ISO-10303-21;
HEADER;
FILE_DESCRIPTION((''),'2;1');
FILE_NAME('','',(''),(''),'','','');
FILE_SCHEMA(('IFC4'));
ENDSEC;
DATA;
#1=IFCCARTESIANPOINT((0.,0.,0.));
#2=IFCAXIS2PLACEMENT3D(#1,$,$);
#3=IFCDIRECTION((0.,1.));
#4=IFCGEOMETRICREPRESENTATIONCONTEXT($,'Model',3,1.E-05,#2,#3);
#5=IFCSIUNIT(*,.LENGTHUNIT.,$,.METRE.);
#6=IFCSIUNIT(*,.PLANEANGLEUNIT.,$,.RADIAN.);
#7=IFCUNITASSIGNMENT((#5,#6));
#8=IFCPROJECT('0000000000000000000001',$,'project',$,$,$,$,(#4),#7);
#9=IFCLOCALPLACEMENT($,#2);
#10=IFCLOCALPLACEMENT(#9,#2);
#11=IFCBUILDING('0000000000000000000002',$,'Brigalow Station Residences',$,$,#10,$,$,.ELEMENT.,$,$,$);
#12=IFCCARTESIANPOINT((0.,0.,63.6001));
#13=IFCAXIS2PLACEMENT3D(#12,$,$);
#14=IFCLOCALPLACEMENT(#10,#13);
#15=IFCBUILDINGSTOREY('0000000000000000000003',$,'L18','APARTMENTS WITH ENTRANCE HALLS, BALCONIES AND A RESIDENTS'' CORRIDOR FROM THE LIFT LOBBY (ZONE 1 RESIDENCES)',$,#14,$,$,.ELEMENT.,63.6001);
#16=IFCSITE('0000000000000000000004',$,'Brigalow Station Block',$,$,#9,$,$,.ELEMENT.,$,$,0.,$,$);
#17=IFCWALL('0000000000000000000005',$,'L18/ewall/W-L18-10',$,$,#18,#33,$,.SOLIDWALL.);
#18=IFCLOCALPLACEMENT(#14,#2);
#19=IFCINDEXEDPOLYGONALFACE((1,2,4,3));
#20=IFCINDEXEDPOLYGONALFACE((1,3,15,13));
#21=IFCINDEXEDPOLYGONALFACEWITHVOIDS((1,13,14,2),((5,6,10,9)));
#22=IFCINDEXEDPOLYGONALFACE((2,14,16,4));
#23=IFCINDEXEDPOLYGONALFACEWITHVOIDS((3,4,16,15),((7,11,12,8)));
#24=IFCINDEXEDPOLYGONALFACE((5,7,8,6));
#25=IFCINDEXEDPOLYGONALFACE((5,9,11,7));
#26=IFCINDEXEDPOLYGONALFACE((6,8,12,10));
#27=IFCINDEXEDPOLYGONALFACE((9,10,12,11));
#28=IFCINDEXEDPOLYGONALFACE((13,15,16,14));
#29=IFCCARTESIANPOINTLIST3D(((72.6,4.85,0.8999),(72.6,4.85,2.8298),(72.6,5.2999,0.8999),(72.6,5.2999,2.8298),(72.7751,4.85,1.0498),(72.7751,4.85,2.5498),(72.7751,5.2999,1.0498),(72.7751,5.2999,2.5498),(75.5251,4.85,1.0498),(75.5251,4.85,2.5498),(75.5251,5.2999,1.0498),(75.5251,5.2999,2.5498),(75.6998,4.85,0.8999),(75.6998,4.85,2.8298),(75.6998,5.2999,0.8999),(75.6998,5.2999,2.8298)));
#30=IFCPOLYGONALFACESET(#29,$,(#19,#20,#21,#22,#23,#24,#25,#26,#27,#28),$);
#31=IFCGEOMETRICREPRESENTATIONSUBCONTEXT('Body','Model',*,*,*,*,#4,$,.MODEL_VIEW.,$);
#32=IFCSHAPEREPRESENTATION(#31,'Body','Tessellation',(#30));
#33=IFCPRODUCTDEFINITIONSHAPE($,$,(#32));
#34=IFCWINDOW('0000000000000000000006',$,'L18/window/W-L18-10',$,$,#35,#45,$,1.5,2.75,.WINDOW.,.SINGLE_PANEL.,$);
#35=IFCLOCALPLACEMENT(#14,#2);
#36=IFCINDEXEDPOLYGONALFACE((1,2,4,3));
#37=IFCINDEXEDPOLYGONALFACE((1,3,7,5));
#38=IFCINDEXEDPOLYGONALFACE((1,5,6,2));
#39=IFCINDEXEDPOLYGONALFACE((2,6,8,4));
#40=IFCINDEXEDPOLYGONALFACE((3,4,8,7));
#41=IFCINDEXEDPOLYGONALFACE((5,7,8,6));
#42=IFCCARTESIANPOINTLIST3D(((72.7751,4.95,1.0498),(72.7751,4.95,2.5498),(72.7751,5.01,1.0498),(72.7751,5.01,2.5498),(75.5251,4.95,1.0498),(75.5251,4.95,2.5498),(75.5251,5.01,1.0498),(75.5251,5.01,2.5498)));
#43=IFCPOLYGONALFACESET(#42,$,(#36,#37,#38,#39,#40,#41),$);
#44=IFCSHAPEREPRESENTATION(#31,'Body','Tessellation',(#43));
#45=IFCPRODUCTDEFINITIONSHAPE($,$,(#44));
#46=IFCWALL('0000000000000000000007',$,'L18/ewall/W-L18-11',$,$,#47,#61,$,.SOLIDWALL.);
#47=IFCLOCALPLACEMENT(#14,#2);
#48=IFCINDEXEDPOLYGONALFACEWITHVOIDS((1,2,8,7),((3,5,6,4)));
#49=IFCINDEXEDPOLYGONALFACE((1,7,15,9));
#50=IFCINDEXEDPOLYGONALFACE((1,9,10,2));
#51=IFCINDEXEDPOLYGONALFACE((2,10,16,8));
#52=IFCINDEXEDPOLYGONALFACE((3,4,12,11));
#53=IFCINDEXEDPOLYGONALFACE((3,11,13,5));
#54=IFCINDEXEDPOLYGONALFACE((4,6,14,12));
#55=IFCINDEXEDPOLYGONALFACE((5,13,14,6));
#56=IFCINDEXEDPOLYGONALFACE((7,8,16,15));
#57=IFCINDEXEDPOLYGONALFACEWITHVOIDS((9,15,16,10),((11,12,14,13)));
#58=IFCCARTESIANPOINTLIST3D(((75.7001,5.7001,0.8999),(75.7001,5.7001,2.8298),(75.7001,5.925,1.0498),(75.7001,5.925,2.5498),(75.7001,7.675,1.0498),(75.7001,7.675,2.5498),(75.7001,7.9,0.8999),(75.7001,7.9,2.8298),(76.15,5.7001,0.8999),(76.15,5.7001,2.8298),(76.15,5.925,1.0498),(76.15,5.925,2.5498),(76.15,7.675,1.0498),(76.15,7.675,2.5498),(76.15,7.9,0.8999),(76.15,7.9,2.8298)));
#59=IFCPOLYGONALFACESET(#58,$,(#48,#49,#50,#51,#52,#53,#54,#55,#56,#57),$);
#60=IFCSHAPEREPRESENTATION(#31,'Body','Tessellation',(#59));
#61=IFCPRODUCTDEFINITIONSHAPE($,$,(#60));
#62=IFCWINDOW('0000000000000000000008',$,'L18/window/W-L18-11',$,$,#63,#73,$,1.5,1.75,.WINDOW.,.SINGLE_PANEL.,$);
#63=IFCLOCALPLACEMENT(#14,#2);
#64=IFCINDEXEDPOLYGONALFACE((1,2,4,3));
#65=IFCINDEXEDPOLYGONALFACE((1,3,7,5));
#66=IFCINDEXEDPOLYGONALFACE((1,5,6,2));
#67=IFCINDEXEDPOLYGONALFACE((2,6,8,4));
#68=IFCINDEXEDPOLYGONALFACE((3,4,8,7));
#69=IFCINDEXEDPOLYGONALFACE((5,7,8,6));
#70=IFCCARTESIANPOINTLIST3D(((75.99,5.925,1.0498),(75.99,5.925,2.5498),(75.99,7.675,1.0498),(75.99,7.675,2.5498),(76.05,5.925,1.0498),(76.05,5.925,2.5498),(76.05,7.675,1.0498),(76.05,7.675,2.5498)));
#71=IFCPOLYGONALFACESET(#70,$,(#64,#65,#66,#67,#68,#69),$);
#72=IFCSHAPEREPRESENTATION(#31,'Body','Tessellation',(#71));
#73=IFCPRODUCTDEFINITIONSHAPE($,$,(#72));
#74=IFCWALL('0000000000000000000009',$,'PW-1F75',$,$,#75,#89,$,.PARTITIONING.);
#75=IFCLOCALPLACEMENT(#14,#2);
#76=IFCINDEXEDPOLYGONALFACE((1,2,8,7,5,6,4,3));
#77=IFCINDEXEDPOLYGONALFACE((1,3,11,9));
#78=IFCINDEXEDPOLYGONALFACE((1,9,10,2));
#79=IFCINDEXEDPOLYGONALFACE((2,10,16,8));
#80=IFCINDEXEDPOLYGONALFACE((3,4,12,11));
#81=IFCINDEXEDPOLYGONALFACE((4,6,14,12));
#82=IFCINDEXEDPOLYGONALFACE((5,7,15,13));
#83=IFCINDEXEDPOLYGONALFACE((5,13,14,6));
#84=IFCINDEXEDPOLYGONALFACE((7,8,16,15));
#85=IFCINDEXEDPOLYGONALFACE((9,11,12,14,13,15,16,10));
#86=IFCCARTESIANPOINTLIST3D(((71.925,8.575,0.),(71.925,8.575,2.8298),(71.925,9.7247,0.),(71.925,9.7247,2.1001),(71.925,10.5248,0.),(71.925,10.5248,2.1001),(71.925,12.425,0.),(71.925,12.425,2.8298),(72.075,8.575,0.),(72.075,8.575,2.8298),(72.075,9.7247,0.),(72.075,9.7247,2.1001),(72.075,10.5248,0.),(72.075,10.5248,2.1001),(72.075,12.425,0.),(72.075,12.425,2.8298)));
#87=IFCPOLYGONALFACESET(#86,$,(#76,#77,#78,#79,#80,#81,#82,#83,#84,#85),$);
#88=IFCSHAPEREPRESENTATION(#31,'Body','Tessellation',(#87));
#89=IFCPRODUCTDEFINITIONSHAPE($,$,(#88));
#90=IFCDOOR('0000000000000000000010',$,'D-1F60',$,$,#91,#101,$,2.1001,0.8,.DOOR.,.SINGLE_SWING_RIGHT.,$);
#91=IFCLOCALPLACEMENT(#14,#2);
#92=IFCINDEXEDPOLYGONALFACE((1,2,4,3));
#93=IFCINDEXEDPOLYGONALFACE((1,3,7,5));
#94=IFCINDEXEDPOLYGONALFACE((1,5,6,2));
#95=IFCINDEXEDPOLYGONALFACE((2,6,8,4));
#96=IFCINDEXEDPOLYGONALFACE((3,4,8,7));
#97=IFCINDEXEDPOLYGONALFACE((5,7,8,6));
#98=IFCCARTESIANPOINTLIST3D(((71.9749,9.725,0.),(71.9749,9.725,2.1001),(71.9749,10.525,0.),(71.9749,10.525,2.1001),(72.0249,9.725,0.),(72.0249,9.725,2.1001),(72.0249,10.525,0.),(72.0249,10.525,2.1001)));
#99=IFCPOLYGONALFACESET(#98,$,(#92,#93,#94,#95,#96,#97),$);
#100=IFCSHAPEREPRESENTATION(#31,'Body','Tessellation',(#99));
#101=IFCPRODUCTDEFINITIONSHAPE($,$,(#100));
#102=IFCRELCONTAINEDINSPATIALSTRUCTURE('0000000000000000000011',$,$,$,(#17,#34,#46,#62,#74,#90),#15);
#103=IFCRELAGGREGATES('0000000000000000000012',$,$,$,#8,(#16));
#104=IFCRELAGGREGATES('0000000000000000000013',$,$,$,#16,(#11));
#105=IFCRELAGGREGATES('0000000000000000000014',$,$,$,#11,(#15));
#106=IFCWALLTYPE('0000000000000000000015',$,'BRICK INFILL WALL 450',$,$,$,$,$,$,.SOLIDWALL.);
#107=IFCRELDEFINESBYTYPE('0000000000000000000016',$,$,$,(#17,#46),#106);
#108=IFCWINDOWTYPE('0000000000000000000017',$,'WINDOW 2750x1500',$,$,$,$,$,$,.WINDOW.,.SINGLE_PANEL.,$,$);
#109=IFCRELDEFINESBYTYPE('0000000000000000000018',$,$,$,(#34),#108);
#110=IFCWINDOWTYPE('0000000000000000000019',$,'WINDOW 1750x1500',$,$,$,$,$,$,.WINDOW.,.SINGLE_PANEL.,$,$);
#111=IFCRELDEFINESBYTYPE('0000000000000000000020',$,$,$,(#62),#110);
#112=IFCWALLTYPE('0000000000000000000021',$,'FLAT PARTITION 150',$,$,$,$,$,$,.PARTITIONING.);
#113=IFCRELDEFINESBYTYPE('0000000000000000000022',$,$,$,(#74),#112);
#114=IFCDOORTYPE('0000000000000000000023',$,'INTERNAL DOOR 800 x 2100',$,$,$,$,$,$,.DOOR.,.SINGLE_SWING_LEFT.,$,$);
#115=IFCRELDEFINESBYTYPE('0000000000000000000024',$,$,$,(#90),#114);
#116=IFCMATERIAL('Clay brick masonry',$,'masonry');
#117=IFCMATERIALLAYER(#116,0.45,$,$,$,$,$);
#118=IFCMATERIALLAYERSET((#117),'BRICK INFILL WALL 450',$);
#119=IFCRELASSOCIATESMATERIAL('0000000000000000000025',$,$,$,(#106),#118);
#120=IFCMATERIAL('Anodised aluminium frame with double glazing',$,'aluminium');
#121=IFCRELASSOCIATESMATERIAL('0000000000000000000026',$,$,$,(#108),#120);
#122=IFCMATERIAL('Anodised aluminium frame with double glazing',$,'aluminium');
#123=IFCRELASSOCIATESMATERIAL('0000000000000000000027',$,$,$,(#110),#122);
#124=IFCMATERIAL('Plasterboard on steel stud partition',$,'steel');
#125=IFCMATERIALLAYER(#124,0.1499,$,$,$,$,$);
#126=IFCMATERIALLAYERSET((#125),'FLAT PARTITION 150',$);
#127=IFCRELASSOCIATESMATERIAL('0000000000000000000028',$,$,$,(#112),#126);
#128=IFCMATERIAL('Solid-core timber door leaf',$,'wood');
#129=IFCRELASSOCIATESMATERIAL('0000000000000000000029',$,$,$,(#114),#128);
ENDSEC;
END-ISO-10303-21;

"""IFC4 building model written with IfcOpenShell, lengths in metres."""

from ifc_helpers import new_model, si_unit, direction, frame, frame_2d, origin, place, context, subcontext, project, spatial, rectangle, extrude, material, layer, layer_set, type_object, element, fill, save


model = new_model("IFC4")

# Units and contexts
model_context = context("Model", 3, precision=1e-05, world=origin(), true_north=direction((0.0, 1.0)))
body_context = subcontext(model_context, "Body", "Model", "MODEL_VIEW")
ifc_project = project(units=[si_unit("LENGTHUNIT", "METRE"), si_unit("PLANEANGLEUNIT", "RADIAN")], contexts=[model_context])

# Site, building, storey
site_placement = place(None, origin())
site = spatial("IfcSite", under=ifc_project, at=site_placement, Name="Brigalow Station Block", CompositionType="ELEMENT", RefElevation=0.0)
building_placement = place(site_placement, origin())
building = spatial("IfcBuilding", under=site, at=building_placement, Name="Brigalow Station Residences", CompositionType="ELEMENT")
storey_placement = place(building_placement, frame((0.0, 0.0, 63.6001)))
storey = spatial("IfcBuildingStorey", under=building, at=storey_placement, Name="L18", Description="APARTMENTS WITH ENTRANCE HALLS, BALCONIES AND A RESIDENTS' CORRIDOR FROM THE LIFT LOBBY (ZONE 1 RESIDENCES)", CompositionType="ELEMENT", Elevation=63.6001)

# Walls, openings, windows
ifc_material_1 = material(Name="Clay brick masonry", Category="masonry")
ifc_layer_1 = layer(ifc_material_1, 0.45)
ifc_layer_set_1 = layer_set([ifc_layer_1], Name="BRICK INFILL WALL 450")
wall_type_1 = type_object("IfcWallType", Name="BRICK INFILL WALL 450", PredefinedType="SOLIDWALL", material=ifc_layer_set_1)
wall_1_placement = place(storey_placement, frame((72.6001, 5.075, 0.8999), z_axis=(0.0, 0.0, 1.0), x_axis=(1.0, 0.0, 0.0)))
wall_1 = element("IfcWall", 1, at=wall_1_placement, inside=storey, type_object=wall_type_1, Name="L18/ewall/W-L18-10", PredefinedType="SOLIDWALL", context=body_context, shape_type="SweptSolid", body=[
    extrude(rectangle(XDim=3.0999, YDim=0.45, at=frame_2d((1.5498, 0.0))), origin(), (0.0, 0.0, 1.0), 1.9299),
])
opening_1_placement = place(wall_1_placement, frame((0.175, 0.0, 0.1499)))
opening_1 = element("IfcOpeningElement", 2, at=opening_1_placement, cuts=wall_1, PredefinedType="OPENING", context=body_context, shape_type="SweptSolid", body=[
    extrude(rectangle(XDim=2.75, YDim=1.5, at=frame_2d((1.375, 0.75))), frame((0.0, 0.2349, 0.0), z_axis=(0.0, -1.0, 0.0), x_axis=(1.0, 0.0, 0.0)), (0.0, 0.0, 1.0), 0.47),
])
ifc_material_2 = material(Name="Anodised aluminium frame with double glazing", Category="aluminium")
window_type_1 = type_object("IfcWindowType", Name="WINDOW 2750x1500", PartitioningType="SINGLE_PANEL", PredefinedType="WINDOW", material=ifc_material_2)
window_1_placement = place(opening_1_placement, origin())
window_1 = element("IfcWindow", 3, at=window_1_placement, inside=storey, type_object=window_type_1, Name="L18/window/W-L18-10", OverallHeight=1.5, OverallWidth=2.75, PartitioningType="SINGLE_PANEL", PredefinedType="WINDOW", context=body_context, shape_type="SweptSolid", body=[
    extrude(rectangle(XDim=2.75, YDim=1.5, at=frame_2d((1.375, 0.75))), frame((0.0, -0.0649, 0.0), z_axis=(0.0, -1.0, 0.0), x_axis=(1.0, 0.0, 0.0)), (0.0, 0.0, 1.0), 0.0601),
])
fill(opening_1, window_1)
wall_2_placement = place(storey_placement, frame((75.925, 5.7, 0.8999), z_axis=(0.0, 0.0, 1.0), x_axis=(0.0, 1.0, 0.0)))
wall_2 = element("IfcWall", 4, at=wall_2_placement, inside=storey, type_object=wall_type_1, Name="L18/ewall/W-L18-11", PredefinedType="SOLIDWALL", context=body_context, shape_type="SweptSolid", body=[
    extrude(rectangle(XDim=2.2, YDim=0.45, at=frame_2d((1.1001, 0.0))), origin(), (0.0, 0.0, 1.0), 1.9299),
])
opening_2_placement = place(wall_2_placement, frame((0.2251, 0.0, 0.1499)))
opening_2 = element("IfcOpeningElement", 5, at=opening_2_placement, cuts=wall_2, PredefinedType="OPENING", context=body_context, shape_type="SweptSolid", body=[
    extrude(rectangle(XDim=1.75, YDim=1.5, at=frame_2d((0.875, 0.75))), frame((0.0, 0.2349, 0.0), z_axis=(0.0, -1.0, 0.0), x_axis=(1.0, 0.0, 0.0)), (0.0, 0.0, 1.0), 0.47),
])
ifc_material_3 = material(Name="Anodised aluminium frame with double glazing", Category="aluminium")
window_type_2 = type_object("IfcWindowType", Name="WINDOW 1750x1500", PartitioningType="SINGLE_PANEL", PredefinedType="WINDOW", material=ifc_material_3)
window_2_placement = place(opening_2_placement, origin())
window_2 = element("IfcWindow", 6, at=window_2_placement, inside=storey, type_object=window_type_2, Name="L18/window/W-L18-11", OverallHeight=1.5, OverallWidth=1.75, PartitioningType="SINGLE_PANEL", PredefinedType="WINDOW", context=body_context, shape_type="SweptSolid", body=[
    extrude(rectangle(XDim=1.75, YDim=1.5, at=frame_2d((0.875, 0.75))), frame((0.0, -0.0649, 0.0), z_axis=(0.0, -1.0, 0.0), x_axis=(1.0, 0.0, 0.0)), (0.0, 0.0, 1.0), 0.0601),
])
fill(opening_2, window_2)

# Wall, opening, door
ifc_material_4 = material(Name="Plasterboard on steel stud partition", Category="steel")
ifc_layer_2 = layer(ifc_material_4, 0.1499)
ifc_layer_set_2 = layer_set([ifc_layer_2], Name="FLAT PARTITION 150")
wall_type_2 = type_object("IfcWallType", Name="FLAT PARTITION 150", PredefinedType="PARTITIONING", material=ifc_layer_set_2)
wall_3_placement = place(storey_placement, frame((72.0, 8.575, 0.0), z_axis=(0.0, 0.0, 1.0), x_axis=(0.0, 1.0, 0.0)))
wall_3 = element("IfcWall", 7, at=wall_3_placement, inside=storey, type_object=wall_type_2, Name="PW-1F75", PredefinedType="PARTITIONING", context=body_context, shape_type="SweptSolid", body=[
    extrude(rectangle(XDim=3.8501, YDim=0.1499, at=frame_2d((1.925, 0.0))), origin(), (0.0, 0.0, 1.0), 2.8298),
])
opening_3_placement = place(wall_3_placement, frame((1.1499, 0.0, 0.0)))
opening_3 = element("IfcOpeningElement", 8, at=opening_3_placement, cuts=wall_3, PredefinedType="OPENING", context=body_context, shape_type="SweptSolid", body=[
    extrude(rectangle(XDim=0.8, YDim=2.1001, at=frame_2d((0.3999, 1.05))), frame((0.0, 0.085, 0.0), z_axis=(0.0, -1.0, 0.0), x_axis=(1.0, 0.0, 0.0)), (0.0, 0.0, 1.0), 0.1699),
])
ifc_material_5 = material(Name="Solid-core timber door leaf", Category="wood")
door_type = type_object("IfcDoorType", Name="INTERNAL DOOR 800 x 2100", OperationType="SINGLE_SWING_LEFT", PredefinedType="DOOR", material=ifc_material_5)
door_placement = place(opening_3_placement, frame((0.8, 0.0, 0.0), z_axis=(0.0, 0.0, 1.0), x_axis=(-1.0, 0.0, 0.0)))
door = element("IfcDoor", 9, at=door_placement, inside=storey, type_object=door_type, Name="D-1F60", OperationType="SINGLE_SWING_RIGHT", OverallHeight=2.1001, OverallWidth=0.8, PredefinedType="DOOR", context=body_context, shape_type="SweptSolid", body=[
    extrude(rectangle(XDim=0.8, YDim=2.1001, at=frame_2d((0.3999, 1.05))), frame((0.0, 0.0249, 0.0), z_axis=(0.0, -1.0, 0.0), x_axis=(1.0, 0.0, 0.0)), (0.0, 0.0, 1.0), 0.05),
])
fill(opening_3, door)

save(model, "model.ifc")
